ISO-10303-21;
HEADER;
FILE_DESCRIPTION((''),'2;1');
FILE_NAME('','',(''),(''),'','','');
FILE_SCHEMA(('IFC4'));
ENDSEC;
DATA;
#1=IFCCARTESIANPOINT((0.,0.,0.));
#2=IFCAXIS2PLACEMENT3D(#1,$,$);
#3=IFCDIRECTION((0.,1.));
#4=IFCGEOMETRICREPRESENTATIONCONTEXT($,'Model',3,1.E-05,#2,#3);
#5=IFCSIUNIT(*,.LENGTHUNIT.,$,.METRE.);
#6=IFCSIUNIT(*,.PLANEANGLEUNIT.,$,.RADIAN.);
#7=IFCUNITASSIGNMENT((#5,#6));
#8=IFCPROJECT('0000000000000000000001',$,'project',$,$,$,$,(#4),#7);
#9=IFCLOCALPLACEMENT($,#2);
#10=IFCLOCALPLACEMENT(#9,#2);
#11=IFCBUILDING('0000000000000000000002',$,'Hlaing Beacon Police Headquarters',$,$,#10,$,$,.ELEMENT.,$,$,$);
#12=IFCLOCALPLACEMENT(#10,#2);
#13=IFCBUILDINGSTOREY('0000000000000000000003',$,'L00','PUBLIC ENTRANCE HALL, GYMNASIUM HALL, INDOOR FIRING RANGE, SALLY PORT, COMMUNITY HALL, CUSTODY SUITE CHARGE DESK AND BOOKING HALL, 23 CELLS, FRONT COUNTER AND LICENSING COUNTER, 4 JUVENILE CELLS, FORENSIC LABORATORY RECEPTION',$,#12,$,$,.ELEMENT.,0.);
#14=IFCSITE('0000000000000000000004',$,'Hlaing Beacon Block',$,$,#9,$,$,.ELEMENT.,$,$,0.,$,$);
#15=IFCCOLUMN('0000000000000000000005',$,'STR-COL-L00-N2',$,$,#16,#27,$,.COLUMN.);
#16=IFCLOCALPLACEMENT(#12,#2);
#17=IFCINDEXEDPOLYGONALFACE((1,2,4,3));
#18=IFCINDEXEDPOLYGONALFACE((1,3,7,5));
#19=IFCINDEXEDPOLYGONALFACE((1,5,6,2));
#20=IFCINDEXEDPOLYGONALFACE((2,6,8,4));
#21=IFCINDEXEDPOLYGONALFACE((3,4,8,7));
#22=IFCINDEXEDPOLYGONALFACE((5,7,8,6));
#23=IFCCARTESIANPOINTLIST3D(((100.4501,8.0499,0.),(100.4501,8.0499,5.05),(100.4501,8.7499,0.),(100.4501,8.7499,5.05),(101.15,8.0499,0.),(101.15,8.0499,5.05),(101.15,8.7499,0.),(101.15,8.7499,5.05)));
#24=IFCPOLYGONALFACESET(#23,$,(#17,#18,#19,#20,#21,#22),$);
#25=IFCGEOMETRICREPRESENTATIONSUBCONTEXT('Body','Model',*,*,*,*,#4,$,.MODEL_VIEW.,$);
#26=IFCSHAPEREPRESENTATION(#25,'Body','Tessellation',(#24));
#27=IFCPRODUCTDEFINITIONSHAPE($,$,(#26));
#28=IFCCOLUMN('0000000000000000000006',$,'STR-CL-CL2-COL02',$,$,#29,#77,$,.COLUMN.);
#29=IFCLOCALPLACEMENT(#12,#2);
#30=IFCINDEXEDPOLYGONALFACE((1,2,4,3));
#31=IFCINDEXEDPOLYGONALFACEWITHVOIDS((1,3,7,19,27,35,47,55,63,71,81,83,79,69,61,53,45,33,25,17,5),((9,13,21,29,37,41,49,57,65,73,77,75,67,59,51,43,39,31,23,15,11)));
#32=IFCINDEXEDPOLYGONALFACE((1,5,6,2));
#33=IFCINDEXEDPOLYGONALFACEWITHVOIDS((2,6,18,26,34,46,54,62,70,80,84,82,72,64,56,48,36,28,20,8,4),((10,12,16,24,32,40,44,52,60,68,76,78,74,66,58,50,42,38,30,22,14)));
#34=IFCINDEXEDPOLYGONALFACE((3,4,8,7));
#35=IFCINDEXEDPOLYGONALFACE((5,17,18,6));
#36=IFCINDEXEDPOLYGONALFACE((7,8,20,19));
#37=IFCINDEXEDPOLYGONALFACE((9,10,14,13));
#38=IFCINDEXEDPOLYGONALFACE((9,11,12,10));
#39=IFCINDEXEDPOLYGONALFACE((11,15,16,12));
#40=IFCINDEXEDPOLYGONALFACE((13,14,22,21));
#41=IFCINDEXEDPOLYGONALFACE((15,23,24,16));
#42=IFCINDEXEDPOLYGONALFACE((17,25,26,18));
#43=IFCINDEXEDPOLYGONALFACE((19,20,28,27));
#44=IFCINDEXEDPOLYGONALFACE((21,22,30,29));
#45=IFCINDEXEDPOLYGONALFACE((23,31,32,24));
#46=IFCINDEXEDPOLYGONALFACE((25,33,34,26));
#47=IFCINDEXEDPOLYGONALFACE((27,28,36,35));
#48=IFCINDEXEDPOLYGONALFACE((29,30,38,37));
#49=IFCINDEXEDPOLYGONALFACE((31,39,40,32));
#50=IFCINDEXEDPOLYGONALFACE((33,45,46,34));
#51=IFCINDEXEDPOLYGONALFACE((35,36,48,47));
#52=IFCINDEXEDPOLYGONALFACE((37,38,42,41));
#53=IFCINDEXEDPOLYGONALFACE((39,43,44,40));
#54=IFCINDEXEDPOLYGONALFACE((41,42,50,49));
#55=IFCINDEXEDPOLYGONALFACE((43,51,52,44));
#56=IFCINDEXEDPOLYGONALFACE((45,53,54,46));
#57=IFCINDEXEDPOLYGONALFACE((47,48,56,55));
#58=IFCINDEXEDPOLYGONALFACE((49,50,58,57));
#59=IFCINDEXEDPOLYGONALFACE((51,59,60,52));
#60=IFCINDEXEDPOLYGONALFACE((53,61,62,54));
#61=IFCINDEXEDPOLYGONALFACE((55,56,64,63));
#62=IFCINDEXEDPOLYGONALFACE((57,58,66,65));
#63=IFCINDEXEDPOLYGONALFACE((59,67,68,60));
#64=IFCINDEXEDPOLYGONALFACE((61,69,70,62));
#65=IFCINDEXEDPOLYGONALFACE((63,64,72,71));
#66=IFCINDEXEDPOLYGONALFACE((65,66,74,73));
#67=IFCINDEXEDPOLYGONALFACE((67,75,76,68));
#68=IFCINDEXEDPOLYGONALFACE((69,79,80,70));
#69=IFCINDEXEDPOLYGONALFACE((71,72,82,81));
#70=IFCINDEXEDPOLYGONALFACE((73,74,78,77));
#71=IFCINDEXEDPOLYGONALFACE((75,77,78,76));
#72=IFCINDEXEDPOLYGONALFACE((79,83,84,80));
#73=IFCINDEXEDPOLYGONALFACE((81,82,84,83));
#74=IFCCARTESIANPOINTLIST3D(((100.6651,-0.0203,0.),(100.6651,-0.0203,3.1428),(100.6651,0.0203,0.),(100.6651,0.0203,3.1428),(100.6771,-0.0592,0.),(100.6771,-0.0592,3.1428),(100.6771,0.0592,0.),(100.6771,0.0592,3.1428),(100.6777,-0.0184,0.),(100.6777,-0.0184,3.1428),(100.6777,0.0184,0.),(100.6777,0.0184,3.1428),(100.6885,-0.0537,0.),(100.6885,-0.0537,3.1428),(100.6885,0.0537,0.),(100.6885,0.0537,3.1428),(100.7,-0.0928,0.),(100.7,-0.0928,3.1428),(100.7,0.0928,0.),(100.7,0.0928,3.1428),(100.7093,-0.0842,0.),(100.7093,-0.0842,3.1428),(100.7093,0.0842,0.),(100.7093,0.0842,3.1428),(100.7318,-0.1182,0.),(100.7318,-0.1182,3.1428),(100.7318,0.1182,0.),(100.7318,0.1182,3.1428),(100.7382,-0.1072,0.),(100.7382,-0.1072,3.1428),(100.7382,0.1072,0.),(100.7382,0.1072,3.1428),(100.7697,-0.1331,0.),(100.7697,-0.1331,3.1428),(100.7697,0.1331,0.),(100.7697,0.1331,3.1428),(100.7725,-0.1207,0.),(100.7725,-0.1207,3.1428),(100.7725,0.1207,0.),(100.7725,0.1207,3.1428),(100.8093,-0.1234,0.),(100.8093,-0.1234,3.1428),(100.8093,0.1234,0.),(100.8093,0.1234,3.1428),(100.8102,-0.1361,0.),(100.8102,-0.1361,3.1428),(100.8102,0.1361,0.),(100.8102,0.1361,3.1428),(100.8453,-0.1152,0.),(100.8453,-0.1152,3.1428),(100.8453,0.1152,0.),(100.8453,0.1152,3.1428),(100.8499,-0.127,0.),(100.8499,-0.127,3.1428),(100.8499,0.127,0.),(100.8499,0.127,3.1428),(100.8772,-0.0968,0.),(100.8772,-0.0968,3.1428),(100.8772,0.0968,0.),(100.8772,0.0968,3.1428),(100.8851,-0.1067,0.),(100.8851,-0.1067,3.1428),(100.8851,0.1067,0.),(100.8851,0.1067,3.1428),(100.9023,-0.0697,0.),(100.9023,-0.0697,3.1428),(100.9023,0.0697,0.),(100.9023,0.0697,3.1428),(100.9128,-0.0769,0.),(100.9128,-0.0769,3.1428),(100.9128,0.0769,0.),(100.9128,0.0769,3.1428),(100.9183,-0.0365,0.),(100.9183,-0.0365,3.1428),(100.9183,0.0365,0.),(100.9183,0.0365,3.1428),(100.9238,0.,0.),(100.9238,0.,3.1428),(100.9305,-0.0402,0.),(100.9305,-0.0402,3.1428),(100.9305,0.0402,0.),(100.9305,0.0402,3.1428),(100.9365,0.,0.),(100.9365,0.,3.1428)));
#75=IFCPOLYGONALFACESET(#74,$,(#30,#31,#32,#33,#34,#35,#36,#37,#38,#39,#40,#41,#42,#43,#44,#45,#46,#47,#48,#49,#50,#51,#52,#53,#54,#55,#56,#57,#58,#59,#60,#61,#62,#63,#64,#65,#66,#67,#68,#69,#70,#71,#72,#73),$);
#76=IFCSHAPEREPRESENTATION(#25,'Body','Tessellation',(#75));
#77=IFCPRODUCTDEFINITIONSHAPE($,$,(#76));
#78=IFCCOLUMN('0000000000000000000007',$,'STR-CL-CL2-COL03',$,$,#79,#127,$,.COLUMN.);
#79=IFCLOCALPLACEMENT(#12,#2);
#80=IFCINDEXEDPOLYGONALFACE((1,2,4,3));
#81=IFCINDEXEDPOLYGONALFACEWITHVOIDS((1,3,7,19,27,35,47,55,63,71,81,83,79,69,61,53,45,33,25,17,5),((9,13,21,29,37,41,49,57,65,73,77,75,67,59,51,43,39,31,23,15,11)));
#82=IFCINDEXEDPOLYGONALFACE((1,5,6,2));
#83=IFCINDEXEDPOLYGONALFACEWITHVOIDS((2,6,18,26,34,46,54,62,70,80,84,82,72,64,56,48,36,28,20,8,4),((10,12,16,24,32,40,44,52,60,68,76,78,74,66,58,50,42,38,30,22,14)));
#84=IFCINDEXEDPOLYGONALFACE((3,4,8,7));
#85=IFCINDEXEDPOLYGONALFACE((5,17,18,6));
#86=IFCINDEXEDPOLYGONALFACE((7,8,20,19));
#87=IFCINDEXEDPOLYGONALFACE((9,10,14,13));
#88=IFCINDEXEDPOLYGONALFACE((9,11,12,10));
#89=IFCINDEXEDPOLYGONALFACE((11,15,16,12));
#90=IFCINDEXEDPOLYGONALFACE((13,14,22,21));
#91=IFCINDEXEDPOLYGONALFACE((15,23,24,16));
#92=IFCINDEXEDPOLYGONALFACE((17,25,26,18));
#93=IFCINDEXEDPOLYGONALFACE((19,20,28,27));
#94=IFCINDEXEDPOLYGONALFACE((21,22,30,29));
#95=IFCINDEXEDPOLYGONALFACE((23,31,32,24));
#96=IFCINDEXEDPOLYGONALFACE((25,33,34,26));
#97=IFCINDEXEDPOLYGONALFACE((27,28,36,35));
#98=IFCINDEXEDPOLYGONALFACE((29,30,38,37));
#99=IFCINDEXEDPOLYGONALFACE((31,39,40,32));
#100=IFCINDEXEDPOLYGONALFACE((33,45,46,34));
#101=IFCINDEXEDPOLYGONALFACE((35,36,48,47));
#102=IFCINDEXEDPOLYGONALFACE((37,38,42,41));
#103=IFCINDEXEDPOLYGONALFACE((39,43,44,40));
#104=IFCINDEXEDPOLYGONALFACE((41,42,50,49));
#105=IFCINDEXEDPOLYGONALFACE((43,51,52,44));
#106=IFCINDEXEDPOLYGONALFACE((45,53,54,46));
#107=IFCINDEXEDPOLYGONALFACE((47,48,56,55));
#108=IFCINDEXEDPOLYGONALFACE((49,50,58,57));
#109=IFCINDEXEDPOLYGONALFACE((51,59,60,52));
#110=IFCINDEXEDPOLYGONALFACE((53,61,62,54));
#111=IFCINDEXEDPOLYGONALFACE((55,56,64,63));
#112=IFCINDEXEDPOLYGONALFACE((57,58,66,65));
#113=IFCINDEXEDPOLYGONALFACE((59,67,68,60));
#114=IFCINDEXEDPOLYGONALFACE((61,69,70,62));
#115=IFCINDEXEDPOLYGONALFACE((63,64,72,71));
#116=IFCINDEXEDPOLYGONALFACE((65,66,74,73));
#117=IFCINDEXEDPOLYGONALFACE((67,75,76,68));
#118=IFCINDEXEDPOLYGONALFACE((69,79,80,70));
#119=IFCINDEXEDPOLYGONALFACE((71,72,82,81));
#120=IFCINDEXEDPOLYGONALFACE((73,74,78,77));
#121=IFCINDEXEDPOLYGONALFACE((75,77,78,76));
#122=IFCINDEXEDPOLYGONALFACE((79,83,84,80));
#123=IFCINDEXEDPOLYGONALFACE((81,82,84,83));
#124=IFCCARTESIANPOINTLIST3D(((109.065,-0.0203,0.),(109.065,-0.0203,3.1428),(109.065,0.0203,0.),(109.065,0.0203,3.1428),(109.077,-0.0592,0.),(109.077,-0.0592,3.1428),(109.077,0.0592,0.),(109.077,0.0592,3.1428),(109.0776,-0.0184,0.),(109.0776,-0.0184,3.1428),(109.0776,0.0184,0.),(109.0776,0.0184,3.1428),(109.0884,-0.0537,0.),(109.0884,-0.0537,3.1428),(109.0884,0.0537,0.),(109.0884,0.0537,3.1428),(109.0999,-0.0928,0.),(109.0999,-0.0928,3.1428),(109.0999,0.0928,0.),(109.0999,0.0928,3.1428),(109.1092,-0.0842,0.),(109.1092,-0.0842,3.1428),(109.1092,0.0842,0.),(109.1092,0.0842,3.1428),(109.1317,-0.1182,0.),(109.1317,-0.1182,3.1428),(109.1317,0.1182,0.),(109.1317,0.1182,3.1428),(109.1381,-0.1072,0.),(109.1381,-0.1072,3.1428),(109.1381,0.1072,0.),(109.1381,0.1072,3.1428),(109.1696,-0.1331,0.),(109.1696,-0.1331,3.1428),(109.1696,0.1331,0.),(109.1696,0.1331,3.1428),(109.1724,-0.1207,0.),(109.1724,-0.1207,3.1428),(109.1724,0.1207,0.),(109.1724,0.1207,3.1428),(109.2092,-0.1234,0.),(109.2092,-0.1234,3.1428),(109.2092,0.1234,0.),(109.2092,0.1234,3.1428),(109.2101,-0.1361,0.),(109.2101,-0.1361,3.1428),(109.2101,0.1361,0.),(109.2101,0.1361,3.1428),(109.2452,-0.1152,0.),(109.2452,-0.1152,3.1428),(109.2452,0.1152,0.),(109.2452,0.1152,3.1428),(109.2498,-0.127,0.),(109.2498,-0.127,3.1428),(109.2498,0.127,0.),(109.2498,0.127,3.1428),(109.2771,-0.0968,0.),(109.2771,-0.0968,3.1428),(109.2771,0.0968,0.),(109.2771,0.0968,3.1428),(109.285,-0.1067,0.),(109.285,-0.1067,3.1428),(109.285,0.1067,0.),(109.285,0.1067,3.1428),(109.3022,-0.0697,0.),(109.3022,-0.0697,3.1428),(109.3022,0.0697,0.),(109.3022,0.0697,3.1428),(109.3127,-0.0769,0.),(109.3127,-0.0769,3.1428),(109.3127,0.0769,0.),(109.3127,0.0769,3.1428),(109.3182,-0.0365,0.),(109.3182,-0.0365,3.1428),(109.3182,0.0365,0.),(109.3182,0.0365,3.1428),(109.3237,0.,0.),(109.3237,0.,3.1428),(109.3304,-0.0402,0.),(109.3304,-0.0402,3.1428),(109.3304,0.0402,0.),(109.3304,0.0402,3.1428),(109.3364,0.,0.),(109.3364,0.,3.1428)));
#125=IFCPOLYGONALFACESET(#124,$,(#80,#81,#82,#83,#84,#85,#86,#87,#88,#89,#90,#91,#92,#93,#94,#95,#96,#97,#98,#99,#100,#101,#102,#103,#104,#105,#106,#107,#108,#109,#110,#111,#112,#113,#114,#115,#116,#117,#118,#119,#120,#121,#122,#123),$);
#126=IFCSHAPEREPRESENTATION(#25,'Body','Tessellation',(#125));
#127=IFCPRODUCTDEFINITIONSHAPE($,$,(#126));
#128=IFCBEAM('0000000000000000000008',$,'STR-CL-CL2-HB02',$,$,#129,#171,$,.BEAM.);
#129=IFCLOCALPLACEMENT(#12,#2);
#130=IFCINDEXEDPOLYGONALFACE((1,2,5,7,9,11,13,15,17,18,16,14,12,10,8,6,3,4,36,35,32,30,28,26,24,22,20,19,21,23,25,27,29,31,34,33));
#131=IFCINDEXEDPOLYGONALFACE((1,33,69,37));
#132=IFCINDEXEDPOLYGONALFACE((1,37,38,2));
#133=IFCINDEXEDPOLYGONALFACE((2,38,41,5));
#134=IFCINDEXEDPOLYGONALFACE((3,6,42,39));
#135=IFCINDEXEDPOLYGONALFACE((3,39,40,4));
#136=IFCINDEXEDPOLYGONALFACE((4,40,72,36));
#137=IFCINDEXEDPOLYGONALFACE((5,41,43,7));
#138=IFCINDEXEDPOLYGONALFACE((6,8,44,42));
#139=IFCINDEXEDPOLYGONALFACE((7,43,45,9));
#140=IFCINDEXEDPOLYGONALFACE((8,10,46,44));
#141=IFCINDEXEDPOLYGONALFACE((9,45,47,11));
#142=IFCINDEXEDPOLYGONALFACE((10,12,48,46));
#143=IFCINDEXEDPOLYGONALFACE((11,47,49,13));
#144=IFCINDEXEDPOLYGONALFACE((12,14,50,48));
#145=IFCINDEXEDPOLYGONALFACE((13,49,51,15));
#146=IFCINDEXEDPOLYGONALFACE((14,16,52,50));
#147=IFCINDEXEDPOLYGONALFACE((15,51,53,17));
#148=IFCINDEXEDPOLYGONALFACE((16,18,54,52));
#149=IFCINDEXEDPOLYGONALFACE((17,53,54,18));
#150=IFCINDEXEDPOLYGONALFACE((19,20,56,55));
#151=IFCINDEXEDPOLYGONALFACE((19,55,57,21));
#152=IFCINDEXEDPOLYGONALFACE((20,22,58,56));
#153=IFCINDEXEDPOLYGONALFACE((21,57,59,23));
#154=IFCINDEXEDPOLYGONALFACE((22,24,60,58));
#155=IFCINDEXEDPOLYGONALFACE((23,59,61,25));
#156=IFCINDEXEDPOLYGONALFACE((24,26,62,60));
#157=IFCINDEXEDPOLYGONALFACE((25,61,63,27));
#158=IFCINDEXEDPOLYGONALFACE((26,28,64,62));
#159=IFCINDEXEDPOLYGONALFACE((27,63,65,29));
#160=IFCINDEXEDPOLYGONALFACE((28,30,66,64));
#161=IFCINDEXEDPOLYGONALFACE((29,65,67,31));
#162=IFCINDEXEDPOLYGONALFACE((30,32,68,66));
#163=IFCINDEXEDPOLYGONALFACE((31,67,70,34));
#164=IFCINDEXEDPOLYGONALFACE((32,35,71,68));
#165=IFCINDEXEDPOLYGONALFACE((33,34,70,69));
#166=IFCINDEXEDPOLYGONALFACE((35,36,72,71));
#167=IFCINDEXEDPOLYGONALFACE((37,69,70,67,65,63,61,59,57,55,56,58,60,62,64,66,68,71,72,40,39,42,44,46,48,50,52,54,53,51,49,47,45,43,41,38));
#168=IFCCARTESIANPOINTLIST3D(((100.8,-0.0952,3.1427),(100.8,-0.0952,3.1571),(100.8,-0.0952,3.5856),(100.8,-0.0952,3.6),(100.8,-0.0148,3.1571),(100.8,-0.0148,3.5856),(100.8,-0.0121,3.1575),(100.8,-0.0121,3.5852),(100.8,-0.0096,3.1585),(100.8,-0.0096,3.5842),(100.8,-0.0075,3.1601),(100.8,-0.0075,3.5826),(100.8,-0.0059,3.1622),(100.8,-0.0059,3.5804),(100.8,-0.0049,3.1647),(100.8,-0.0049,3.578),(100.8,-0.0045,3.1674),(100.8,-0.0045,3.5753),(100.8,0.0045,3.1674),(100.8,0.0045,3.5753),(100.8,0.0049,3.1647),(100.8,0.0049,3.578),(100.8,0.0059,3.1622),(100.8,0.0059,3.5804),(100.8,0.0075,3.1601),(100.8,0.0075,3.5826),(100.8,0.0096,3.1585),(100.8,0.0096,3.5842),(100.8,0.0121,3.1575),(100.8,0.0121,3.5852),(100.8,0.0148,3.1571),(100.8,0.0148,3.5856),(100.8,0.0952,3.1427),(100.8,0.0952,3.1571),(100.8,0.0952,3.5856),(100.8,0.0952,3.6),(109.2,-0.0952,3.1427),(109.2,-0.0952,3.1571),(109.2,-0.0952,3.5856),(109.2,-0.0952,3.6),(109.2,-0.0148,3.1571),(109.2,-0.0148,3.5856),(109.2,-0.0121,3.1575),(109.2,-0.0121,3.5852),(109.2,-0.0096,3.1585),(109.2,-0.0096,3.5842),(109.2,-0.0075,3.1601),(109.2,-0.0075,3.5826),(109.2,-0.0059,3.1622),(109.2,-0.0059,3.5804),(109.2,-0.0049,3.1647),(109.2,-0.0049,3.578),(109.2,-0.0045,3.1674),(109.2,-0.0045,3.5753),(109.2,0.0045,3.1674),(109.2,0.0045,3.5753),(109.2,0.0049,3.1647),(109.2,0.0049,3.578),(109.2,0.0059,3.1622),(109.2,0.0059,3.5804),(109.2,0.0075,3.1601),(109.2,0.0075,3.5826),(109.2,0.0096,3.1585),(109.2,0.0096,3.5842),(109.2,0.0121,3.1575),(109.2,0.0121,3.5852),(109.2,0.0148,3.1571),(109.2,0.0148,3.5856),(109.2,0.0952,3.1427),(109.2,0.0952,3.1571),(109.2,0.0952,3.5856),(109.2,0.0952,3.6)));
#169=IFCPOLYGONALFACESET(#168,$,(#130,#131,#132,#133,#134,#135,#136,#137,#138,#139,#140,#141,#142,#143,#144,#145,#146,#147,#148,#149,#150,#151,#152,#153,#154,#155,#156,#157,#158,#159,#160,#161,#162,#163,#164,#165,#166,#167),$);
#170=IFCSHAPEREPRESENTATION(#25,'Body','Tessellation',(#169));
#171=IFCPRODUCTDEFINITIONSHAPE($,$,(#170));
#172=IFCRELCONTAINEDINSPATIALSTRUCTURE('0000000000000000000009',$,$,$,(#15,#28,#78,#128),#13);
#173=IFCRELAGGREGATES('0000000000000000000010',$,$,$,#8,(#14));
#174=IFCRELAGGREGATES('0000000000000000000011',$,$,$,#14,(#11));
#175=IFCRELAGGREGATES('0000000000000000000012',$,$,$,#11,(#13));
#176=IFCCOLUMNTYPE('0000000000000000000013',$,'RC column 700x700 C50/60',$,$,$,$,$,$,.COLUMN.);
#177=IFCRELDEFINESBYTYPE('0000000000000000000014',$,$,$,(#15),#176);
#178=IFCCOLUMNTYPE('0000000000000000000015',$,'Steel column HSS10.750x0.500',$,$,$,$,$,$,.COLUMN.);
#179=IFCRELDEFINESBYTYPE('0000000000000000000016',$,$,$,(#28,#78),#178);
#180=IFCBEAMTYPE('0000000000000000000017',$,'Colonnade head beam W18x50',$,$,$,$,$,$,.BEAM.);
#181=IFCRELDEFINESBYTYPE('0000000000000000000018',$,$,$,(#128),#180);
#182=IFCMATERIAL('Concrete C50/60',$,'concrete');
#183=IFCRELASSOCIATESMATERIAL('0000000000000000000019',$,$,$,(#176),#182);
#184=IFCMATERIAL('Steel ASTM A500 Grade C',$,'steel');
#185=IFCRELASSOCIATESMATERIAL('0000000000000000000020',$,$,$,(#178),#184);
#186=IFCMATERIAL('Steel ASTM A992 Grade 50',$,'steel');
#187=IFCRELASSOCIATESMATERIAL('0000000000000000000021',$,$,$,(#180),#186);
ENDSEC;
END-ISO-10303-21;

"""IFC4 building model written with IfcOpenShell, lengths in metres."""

from ifc_helpers import new_model, si_unit, direction, frame, origin, origin_2d, place, context, subcontext, project, spatial, rectangle, hollow_circle, i_section, extrude, material, material_profile, profile_set, type_object, element, save


model = new_model("IFC4")

# Units and contexts
model_context = context("Model", 3, precision=1e-05, world=origin(), true_north=direction((0.0, 1.0)))
body_context = subcontext(model_context, "Body", "Model", "MODEL_VIEW")
ifc_project = project(units=[si_unit("LENGTHUNIT", "METRE"), si_unit("PLANEANGLEUNIT", "RADIAN")], contexts=[model_context])

# Site, building, storey
site_placement = place(None, origin())
site = spatial("IfcSite", under=ifc_project, at=site_placement, Name="Hlaing Beacon Block", CompositionType="ELEMENT", RefElevation=0.0)
building_placement = place(site_placement, origin())
building = spatial("IfcBuilding", under=site, at=building_placement, Name="Hlaing Beacon Police Headquarters", CompositionType="ELEMENT")
storey_placement = place(building_placement, origin())
storey = spatial("IfcBuildingStorey", under=building, at=storey_placement, Name="L00", Description="PUBLIC ENTRANCE HALL, GYMNASIUM HALL, INDOOR FIRING RANGE, SALLY PORT, COMMUNITY HALL, CUSTODY SUITE CHARGE DESK AND BOOKING HALL, 23 CELLS, FRONT COUNTER AND LICENSING COUNTER, 4 JUVENILE CELLS, FORENSIC LABORATORY RECEPTION", CompositionType="ELEMENT", Elevation=0.0)

# Columns
ifc_material_1 = material(Name="Concrete C50/60", Category="concrete")
ifc_material_profile_1 = material_profile(ifc_material_1, rectangle(XDim=0.7, YDim=0.7, at=origin_2d()), Name="700x700")
ifc_profile_set_1 = profile_set([ifc_material_profile_1], Name="Concrete C50/60")
column_type_1 = type_object("IfcColumnType", Name="RC column 700x700 C50/60", PredefinedType="COLUMN", material=ifc_profile_set_1)
column_placement = place(storey_placement, frame((100.8, 8.3999, 0.0), z_axis=(0.0, 0.0, 1.0), x_axis=(1.0, 0.0, 0.0)))
element("IfcColumn", 1, at=column_placement, inside=storey, type_object=column_type_1, Name="STR-COL-L00-N2", PredefinedType="COLUMN", context=body_context, shape_type="SweptSolid", body=[
    extrude(rectangle(XDim=0.7, YDim=0.7, at=origin_2d()), origin(), (0.0, 0.0, 1.0), 5.05),
])
ifc_material_2 = material(Name="Steel ASTM A500 Grade C", Category="steel")
ifc_material_profile_2 = material_profile(ifc_material_2, hollow_circle(Radius=0.1365, WallThickness=0.0127, at=origin_2d()), Name="HSS10.750x0.500")
ifc_profile_set_2 = profile_set([ifc_material_profile_2], Name="Steel ASTM A500 Grade C")
column_type_2 = type_object("IfcColumnType", Name="Steel column HSS10.750x0.500", PredefinedType="COLUMN", material=ifc_profile_set_2)
for number, where, z_axis, x_axis, name in (
    (2, (100.8, 0.0, 0.0), (0.0, 0.0, 1.0), (1.0, 0.0, 0.0), "STR-CL-CL2-COL02"),
    (3, (109.2, 0.0, 0.0), (0.0, 0.0, 1.0), (1.0, 0.0, 0.0), "STR-CL-CL2-COL03"),
):
    element("IfcColumn", number, at=place(storey_placement, frame(where, z_axis=z_axis, x_axis=x_axis)), inside=storey, type_object=column_type_2, Name=name, PredefinedType="COLUMN", context=body_context, shape_type="SweptSolid", body=[
        extrude(hollow_circle(Radius=0.1365, WallThickness=0.0127, at=origin_2d()), origin(), (0.0, 0.0, 1.0), 3.1428),
    ])

# Beam
ifc_material_3 = material(Name="Steel ASTM A992 Grade 50", Category="steel")
ifc_material_profile_3 = material_profile(ifc_material_3, i_section(OverallWidth=0.1904, OverallDepth=0.4573, WebThickness=0.009, FlangeThickness=0.0144, FilletRadius=0.0103, at=origin_2d()), Name="W18x50")
ifc_profile_set_3 = profile_set([ifc_material_profile_3], Name="Steel ASTM A992 Grade 50")
beam_type_1 = type_object("IfcBeamType", Name="Colonnade head beam W18x50", PredefinedType="BEAM", material=ifc_profile_set_3)
beam_1_placement = place(storey_placement, frame((100.8, 0.0, 3.3713), z_axis=(1.0, 0.0, 0.0), x_axis=(0.0, 1.0, 0.0)))
element("IfcBeam", 4, at=beam_1_placement, inside=storey, type_object=beam_type_1, Name="STR-CL-CL2-HB02", PredefinedType="BEAM", context=body_context, shape_type="SweptSolid", body=[
    extrude(i_section(OverallWidth=0.1904, OverallDepth=0.4573, WebThickness=0.009, FlangeThickness=0.0144, FilletRadius=0.0103, at=origin_2d()), origin(), (0.0, 0.0, 1.0), 8.3999),
])

save(model, "model.ifc")
